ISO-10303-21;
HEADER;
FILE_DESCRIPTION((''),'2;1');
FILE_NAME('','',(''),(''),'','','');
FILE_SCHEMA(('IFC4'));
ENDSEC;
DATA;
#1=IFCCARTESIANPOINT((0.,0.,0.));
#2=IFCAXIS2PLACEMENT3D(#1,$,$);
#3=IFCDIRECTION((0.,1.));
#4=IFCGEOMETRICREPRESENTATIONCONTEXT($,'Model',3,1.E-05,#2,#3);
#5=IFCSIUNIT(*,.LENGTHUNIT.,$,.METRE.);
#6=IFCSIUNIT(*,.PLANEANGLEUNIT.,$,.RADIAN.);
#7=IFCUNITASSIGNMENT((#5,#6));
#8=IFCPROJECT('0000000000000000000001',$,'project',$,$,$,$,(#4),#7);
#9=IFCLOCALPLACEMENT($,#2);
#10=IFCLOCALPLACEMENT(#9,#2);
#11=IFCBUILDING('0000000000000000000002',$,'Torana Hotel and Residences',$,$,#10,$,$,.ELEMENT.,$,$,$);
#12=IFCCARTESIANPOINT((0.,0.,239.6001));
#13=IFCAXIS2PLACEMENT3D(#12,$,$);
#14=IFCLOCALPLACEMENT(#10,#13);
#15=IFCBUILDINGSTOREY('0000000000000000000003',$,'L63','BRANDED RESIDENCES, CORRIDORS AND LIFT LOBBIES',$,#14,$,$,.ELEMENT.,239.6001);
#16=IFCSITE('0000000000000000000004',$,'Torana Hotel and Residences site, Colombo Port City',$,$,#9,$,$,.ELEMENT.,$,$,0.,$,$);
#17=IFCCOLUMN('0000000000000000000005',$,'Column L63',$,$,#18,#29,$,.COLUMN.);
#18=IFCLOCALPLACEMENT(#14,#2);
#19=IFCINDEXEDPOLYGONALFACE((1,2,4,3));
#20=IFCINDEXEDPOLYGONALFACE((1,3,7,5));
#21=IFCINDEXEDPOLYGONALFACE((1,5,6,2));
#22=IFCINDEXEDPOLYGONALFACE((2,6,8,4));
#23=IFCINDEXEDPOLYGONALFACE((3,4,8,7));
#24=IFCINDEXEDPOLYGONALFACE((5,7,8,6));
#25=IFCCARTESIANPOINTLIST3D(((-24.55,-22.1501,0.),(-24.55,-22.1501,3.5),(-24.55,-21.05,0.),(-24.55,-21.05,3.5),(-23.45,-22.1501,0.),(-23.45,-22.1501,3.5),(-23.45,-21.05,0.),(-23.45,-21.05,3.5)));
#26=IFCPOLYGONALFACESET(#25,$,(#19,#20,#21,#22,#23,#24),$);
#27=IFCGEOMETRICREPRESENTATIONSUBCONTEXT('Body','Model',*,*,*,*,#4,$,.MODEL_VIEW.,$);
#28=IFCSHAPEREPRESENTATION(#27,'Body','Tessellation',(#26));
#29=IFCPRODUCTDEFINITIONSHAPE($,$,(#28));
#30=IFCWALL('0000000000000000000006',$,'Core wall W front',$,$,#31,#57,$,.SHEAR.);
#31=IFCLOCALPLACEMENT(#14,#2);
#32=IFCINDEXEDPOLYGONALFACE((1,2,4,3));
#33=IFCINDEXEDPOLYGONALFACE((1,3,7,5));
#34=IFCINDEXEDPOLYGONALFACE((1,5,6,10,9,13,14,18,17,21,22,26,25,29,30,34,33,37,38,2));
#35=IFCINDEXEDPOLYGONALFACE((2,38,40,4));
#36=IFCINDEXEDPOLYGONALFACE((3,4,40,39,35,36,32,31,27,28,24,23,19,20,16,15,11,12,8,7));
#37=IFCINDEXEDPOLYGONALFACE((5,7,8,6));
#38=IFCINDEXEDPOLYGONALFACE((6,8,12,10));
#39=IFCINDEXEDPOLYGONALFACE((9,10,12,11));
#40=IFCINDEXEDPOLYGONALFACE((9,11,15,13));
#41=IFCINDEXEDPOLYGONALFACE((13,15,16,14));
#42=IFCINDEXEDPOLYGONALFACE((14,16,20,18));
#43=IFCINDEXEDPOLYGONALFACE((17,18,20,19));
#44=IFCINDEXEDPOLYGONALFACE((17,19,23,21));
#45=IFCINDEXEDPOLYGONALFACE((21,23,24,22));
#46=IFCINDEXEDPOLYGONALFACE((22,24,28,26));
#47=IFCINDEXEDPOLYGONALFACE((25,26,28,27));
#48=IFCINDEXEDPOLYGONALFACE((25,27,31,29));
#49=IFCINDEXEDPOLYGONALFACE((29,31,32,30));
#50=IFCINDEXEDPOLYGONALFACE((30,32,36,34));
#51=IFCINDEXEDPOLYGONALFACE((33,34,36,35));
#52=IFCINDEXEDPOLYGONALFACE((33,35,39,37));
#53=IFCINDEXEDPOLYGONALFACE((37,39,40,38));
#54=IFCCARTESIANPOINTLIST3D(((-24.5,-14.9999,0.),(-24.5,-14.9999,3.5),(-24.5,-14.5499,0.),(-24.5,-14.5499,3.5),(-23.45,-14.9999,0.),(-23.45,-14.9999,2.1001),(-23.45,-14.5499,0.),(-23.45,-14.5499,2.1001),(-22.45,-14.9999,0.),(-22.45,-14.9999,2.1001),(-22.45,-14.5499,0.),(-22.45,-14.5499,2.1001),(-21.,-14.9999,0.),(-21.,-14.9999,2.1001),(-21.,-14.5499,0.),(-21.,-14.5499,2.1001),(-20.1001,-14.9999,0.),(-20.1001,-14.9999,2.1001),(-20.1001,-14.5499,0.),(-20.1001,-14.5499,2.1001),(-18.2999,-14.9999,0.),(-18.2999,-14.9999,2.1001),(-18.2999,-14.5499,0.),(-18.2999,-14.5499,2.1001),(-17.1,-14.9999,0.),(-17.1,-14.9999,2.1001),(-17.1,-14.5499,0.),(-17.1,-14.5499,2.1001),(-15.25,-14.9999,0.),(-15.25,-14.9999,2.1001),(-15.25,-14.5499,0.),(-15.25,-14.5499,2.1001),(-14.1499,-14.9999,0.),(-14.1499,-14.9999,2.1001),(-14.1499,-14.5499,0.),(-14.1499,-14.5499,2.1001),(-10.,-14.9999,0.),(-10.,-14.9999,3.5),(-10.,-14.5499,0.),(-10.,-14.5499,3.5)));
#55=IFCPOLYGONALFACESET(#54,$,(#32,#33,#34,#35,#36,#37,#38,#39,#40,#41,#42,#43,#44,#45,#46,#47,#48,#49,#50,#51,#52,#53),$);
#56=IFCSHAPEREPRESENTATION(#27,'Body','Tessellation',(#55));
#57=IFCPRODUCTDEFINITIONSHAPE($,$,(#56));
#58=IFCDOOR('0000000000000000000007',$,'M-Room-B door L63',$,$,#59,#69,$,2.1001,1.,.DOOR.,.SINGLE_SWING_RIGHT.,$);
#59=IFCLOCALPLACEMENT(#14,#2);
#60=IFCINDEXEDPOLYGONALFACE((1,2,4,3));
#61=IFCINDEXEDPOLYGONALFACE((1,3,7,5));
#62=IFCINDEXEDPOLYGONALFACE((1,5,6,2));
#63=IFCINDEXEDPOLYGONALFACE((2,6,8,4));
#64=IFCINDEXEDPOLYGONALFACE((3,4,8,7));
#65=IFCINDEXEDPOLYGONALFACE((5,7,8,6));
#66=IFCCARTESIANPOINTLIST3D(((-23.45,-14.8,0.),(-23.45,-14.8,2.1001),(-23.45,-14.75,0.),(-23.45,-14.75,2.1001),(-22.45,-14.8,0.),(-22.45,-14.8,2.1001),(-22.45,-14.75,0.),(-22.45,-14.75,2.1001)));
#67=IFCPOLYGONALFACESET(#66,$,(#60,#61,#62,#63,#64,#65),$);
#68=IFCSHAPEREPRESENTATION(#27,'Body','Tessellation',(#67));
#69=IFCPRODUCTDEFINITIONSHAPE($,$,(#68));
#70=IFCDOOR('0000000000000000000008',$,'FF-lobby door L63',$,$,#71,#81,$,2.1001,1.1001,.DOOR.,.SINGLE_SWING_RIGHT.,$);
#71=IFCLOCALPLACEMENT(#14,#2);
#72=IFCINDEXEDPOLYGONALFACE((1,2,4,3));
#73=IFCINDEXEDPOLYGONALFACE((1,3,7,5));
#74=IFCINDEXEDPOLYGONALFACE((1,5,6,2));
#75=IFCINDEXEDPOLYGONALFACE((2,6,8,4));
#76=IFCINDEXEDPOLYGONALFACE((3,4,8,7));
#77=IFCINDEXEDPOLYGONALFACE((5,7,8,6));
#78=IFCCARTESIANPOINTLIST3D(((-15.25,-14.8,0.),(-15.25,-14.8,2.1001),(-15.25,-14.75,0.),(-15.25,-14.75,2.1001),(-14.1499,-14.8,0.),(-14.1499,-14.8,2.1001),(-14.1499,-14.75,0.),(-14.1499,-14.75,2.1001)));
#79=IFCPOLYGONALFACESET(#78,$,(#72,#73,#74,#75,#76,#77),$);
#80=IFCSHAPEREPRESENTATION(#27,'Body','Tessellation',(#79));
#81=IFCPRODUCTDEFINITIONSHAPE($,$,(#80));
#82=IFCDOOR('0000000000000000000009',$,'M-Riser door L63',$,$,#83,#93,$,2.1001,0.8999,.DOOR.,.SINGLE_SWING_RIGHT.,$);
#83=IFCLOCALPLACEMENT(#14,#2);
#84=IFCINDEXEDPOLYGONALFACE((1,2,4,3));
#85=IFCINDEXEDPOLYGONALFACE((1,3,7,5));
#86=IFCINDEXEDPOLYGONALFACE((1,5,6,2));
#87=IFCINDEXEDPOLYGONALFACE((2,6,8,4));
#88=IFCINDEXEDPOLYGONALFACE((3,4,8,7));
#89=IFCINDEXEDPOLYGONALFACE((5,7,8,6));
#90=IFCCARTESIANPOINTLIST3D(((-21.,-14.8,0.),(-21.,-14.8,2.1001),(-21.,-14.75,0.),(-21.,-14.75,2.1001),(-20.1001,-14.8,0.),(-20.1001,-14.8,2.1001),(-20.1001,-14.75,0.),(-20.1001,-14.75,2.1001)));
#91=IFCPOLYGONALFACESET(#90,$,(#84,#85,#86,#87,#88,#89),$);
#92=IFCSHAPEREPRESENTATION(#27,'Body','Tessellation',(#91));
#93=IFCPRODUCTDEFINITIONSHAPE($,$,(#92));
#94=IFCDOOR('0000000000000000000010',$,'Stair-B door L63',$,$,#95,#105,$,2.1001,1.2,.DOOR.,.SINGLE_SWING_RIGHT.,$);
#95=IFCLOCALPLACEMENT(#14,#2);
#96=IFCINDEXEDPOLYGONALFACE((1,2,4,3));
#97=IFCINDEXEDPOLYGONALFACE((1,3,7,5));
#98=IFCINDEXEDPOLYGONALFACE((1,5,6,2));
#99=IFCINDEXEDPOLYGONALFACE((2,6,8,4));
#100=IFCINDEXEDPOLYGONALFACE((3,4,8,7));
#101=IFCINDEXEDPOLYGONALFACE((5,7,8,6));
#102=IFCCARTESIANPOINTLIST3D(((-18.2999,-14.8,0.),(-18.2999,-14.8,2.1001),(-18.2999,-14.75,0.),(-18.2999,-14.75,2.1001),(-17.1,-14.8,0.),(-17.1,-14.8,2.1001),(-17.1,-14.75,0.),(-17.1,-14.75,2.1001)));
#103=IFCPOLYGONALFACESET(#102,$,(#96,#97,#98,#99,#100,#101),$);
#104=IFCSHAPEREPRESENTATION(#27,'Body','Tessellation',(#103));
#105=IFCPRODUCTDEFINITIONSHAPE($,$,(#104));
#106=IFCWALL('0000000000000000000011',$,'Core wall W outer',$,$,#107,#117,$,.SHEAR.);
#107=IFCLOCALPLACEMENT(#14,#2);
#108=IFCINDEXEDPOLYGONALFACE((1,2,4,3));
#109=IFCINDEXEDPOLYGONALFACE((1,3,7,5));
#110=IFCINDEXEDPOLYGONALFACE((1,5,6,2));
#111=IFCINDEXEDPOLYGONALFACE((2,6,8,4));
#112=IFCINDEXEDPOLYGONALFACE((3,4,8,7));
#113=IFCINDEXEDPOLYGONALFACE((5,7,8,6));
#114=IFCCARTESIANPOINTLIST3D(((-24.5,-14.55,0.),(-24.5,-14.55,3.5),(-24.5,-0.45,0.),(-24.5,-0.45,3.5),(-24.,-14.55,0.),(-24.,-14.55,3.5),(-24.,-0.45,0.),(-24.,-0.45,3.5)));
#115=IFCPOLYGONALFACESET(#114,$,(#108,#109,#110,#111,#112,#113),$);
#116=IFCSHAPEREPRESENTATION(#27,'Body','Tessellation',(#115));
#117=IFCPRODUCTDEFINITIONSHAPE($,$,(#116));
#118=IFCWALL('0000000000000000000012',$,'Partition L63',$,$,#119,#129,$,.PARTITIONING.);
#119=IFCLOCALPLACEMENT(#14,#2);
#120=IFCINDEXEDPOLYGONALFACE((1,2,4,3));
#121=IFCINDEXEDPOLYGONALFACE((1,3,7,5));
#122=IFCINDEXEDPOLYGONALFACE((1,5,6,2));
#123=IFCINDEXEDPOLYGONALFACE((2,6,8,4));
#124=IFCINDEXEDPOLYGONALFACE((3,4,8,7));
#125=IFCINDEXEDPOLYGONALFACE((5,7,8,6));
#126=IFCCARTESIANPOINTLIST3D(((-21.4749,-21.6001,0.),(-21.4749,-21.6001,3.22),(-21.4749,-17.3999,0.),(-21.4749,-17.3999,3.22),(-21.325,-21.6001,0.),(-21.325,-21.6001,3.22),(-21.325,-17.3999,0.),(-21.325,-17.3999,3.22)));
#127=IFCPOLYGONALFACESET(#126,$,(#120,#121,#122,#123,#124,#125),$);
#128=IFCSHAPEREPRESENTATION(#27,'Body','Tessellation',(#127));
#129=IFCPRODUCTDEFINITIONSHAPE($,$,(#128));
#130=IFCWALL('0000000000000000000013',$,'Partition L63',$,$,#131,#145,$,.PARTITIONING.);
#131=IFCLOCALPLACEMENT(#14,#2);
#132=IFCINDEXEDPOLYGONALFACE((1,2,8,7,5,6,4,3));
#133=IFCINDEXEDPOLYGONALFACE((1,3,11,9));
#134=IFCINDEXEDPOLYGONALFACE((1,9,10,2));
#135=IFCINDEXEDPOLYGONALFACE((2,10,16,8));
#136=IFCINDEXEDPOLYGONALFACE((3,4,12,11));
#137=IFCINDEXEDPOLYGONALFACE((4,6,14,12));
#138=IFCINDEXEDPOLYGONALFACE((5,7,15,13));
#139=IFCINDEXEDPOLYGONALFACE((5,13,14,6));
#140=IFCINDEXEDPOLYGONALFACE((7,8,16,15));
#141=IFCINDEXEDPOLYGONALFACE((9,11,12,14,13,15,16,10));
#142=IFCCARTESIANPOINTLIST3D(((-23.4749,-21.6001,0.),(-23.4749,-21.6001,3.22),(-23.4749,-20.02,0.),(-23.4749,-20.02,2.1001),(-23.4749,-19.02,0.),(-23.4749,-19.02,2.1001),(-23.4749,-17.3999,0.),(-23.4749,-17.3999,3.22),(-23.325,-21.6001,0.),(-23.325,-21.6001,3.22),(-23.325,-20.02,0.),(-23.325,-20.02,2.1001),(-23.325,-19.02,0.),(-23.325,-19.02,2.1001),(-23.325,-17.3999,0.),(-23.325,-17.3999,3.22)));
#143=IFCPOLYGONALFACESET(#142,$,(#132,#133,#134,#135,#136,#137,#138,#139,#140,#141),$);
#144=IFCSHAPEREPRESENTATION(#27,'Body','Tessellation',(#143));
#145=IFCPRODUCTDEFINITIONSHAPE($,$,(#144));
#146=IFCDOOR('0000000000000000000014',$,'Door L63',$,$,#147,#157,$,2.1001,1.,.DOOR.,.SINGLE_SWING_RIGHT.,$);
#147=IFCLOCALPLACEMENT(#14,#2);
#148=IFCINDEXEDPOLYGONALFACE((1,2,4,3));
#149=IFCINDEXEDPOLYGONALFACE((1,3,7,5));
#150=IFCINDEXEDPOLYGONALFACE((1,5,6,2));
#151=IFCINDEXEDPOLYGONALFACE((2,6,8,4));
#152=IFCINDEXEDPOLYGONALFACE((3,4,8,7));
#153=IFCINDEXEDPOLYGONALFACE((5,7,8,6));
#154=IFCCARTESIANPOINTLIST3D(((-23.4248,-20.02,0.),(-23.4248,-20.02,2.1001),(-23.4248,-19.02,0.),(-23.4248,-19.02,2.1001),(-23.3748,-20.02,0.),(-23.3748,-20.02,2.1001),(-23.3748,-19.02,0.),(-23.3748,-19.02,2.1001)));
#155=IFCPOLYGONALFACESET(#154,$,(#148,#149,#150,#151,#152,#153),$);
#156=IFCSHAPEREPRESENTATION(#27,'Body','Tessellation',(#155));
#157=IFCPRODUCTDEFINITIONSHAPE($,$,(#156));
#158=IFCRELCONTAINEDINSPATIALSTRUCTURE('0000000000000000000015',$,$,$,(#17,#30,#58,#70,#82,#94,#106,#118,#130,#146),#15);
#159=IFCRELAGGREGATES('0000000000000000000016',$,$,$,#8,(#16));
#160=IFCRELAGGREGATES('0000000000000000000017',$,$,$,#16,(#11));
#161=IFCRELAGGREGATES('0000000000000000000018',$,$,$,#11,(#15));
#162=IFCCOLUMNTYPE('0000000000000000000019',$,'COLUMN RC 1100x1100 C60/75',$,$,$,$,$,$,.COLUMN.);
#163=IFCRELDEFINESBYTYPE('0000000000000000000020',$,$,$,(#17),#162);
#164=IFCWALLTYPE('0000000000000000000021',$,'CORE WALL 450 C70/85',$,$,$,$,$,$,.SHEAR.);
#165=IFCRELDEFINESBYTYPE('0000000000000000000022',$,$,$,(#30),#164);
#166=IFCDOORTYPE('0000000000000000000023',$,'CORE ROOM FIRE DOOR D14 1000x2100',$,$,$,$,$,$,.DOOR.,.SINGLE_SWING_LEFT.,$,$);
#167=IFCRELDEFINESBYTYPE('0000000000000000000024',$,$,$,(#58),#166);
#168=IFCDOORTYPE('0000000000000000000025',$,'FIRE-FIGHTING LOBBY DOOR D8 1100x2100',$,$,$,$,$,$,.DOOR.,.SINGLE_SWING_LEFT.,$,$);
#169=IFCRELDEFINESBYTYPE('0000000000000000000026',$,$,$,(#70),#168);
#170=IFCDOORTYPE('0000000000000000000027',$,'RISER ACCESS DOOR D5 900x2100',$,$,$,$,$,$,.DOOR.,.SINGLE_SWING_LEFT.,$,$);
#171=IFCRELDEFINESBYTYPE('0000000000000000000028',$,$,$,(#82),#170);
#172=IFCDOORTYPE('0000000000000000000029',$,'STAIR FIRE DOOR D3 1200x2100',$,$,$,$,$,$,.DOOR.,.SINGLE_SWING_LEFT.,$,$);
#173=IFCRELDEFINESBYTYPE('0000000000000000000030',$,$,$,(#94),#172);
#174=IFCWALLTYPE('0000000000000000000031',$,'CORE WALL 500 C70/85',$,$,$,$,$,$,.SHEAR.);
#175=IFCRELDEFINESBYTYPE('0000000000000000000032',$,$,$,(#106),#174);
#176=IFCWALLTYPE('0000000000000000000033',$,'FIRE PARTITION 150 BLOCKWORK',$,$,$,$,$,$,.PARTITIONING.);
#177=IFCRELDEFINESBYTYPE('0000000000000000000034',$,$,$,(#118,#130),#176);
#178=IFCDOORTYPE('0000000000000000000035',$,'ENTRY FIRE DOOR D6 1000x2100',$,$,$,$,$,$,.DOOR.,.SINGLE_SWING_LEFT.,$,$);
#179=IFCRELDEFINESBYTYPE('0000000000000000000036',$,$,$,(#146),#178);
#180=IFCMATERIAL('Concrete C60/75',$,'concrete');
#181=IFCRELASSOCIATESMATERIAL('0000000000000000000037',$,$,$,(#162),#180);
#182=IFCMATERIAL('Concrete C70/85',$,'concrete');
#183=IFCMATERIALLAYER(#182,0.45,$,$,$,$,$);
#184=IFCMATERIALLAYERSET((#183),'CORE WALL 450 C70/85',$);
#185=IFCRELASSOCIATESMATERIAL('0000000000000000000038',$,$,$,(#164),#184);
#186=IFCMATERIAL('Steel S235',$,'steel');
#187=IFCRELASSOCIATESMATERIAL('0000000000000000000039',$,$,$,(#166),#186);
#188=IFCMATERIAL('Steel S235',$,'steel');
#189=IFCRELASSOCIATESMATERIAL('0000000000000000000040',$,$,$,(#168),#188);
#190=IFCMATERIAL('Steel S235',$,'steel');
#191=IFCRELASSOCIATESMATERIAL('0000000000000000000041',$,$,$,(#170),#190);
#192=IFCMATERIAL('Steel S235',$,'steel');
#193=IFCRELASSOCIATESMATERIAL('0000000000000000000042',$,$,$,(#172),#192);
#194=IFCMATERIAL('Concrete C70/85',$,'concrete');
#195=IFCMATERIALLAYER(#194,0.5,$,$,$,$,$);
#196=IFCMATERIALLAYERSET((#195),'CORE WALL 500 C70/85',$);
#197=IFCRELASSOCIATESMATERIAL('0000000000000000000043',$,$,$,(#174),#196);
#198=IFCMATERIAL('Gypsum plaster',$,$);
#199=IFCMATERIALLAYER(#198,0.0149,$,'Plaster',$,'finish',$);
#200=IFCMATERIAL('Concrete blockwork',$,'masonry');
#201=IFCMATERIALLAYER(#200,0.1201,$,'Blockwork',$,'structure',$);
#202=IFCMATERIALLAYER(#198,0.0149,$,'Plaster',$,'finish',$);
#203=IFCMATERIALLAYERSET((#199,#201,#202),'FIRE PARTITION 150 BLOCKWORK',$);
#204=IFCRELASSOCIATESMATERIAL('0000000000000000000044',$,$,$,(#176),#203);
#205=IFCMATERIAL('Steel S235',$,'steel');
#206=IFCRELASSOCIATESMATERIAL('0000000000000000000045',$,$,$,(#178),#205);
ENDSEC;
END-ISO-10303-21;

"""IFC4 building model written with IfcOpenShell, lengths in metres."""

from ifc_helpers import new_model, si_unit, direction, frame, frame_2d, origin, origin_2d, place, context, subcontext, project, spatial, rectangle, extrude, material, layer, layer_set, material_profile, profile_set, type_object, element, fill, save


model = new_model("IFC4")

# Units and contexts
model_context = context("Model", 3, precision=1e-05, world=origin(), true_north=direction((0.0, 1.0)))
body_context = subcontext(model_context, "Body", "Model", "MODEL_VIEW")
ifc_project = project(units=[si_unit("LENGTHUNIT", "METRE"), si_unit("PLANEANGLEUNIT", "RADIAN")], contexts=[model_context])

# Site, building, storey
site_placement = place(None, origin())
site = spatial("IfcSite", under=ifc_project, at=site_placement, Name="Torana Hotel and Residences site, Colombo Port City", CompositionType="ELEMENT", RefElevation=0.0)
building_placement = place(site_placement, origin())
building = spatial("IfcBuilding", under=site, at=building_placement, Name="Torana Hotel and Residences", CompositionType="ELEMENT")
storey_placement = place(building_placement, frame((0.0, 0.0, 239.6001)))
storey = spatial("IfcBuildingStorey", under=building, at=storey_placement, Name="L63", Description="BRANDED RESIDENCES, CORRIDORS AND LIFT LOBBIES", CompositionType="ELEMENT", Elevation=239.6001)

# Column
ifc_material_1 = material(Name="Concrete C60/75", Category="concrete")
ifc_material_profile = material_profile(ifc_material_1, rectangle(XDim=1.1001, YDim=1.1001, at=origin_2d()), Name="RC 1100x1100")
ifc_profile_set = profile_set([ifc_material_profile], Name="Concrete C60/75")
column_type = type_object("IfcColumnType", Name="COLUMN RC 1100x1100 C60/75", PredefinedType="COLUMN", material=ifc_profile_set)
column_placement = place(storey_placement, frame((-24.0, -21.6001, 0.0), z_axis=(0.0, 0.0, 1.0), x_axis=(1.0, 0.0, 0.0)))
element("IfcColumn", 1, at=column_placement, inside=storey, type_object=column_type, Name="Column L63", PredefinedType="COLUMN", context=body_context, shape_type="SweptSolid", body=[
    extrude(rectangle(XDim=1.1001, YDim=1.1001, at=origin_2d()), origin(), (0.0, 0.0, 1.0), 3.5),
])

# Wall, openings, doors
ifc_material_2 = material(Name="Concrete C70/85", Category="concrete")
ifc_layer_1 = layer(ifc_material_2, 0.45)
ifc_layer_set_1 = layer_set([ifc_layer_1], Name="CORE WALL 450 C70/85")
wall_type_1 = type_object("IfcWallType", Name="CORE WALL 450 C70/85", PredefinedType="SHEAR", material=ifc_layer_set_1)
wall_1_placement = place(storey_placement, frame((-24.5, -14.7749, 0.0), z_axis=(0.0, 0.0, 1.0), x_axis=(1.0, 0.0, 0.0)))
wall_1 = element("IfcWall", 2, at=wall_1_placement, inside=storey, type_object=wall_type_1, Name="Core wall W front", PredefinedType="SHEAR", context=body_context, shape_type="SweptSolid", body=[
    extrude(rectangle(XDim=14.5, YDim=0.45, at=frame_2d((7.25, 0.0))), origin(), (0.0, 0.0, 1.0), 3.5),
])
opening_1_placement = place(wall_1_placement, frame((6.2, 0.0, 0.0)))
opening_1 = element("IfcOpeningElement", 3, at=opening_1_placement, cuts=wall_1, PredefinedType="OPENING", context=body_context, shape_type="SweptSolid", body=[
    extrude(rectangle(XDim=1.2, YDim=2.1001, at=frame_2d((0.6001, 1.05))), frame((0.0, 0.2349, 0.0), z_axis=(0.0, -1.0, 0.0), x_axis=(1.0, 0.0, 0.0)), (0.0, 0.0, 1.0), 0.47),
])
opening_2_placement = place(wall_1_placement, frame((9.25, 0.0, 0.0)))
opening_2 = element("IfcOpeningElement", 4, at=opening_2_placement, cuts=wall_1, PredefinedType="OPENING", context=body_context, shape_type="SweptSolid", body=[
    extrude(rectangle(XDim=1.1001, YDim=2.1001, at=frame_2d((0.55, 1.05))), frame((0.0, 0.2349, 0.0), z_axis=(0.0, -1.0, 0.0), x_axis=(1.0, 0.0, 0.0)), (0.0, 0.0, 1.0), 0.47),
])
opening_3_placement = place(wall_1_placement, frame((3.5, 0.0, 0.0)))
opening_3 = element("IfcOpeningElement", 5, at=opening_3_placement, cuts=wall_1, PredefinedType="OPENING", context=body_context, shape_type="SweptSolid", body=[
    extrude(rectangle(XDim=0.8999, YDim=2.1001, at=frame_2d((0.45, 1.05))), frame((0.0, 0.2349, 0.0), z_axis=(0.0, -1.0, 0.0), x_axis=(1.0, 0.0, 0.0)), (0.0, 0.0, 1.0), 0.47),
])
opening_4_placement = place(wall_1_placement, frame((1.05, 0.0, 0.0)))
opening_4 = element("IfcOpeningElement", 6, at=opening_4_placement, cuts=wall_1, PredefinedType="OPENING", context=body_context, shape_type="SweptSolid", body=[
    extrude(rectangle(XDim=1.0, YDim=2.1001, at=frame_2d((0.5, 1.05))), frame((0.0, 0.2349, 0.0), z_axis=(0.0, -1.0, 0.0), x_axis=(1.0, 0.0, 0.0)), (0.0, 0.0, 1.0), 0.47),
])
ifc_material_3 = material(Name="Steel S235", Category="steel")
door_type_1 = type_object("IfcDoorType", Name="CORE ROOM FIRE DOOR D14 1000x2100", OperationType="SINGLE_SWING_LEFT", PredefinedType="DOOR", material=ifc_material_3)
door_1_placement = place(opening_4_placement, origin())
door_1 = element("IfcDoor", 7, at=door_1_placement, inside=storey, type_object=door_type_1, Name="M-Room-B door L63", OperationType="SINGLE_SWING_RIGHT", OverallHeight=2.1001, OverallWidth=1.0, PredefinedType="DOOR", context=body_context, shape_type="SweptSolid", body=[
    extrude(rectangle(XDim=1.0, YDim=2.1001, at=frame_2d((0.5, 1.05))), frame((0.0, 0.0249, 0.0), z_axis=(0.0, -1.0, 0.0), x_axis=(1.0, 0.0, 0.0)), (0.0, 0.0, 1.0), 0.05),
])
fill(opening_4, door_1)
ifc_material_4 = material(Name="Steel S235", Category="steel")
door_type_2 = type_object("IfcDoorType", Name="FIRE-FIGHTING LOBBY DOOR D8 1100x2100", OperationType="SINGLE_SWING_LEFT", PredefinedType="DOOR", material=ifc_material_4)
door_2_placement = place(opening_2_placement, origin())
door_2 = element("IfcDoor", 8, at=door_2_placement, inside=storey, type_object=door_type_2, Name="FF-lobby door L63", OperationType="SINGLE_SWING_RIGHT", OverallHeight=2.1001, OverallWidth=1.1001, PredefinedType="DOOR", context=body_context, shape_type="SweptSolid", body=[
    extrude(rectangle(XDim=1.1001, YDim=2.1001, at=frame_2d((0.55, 1.05))), frame((0.0, 0.0249, 0.0), z_axis=(0.0, -1.0, 0.0), x_axis=(1.0, 0.0, 0.0)), (0.0, 0.0, 1.0), 0.05),
])
fill(opening_2, door_2)
ifc_material_5 = material(Name="Steel S235", Category="steel")
door_type_3 = type_object("IfcDoorType", Name="RISER ACCESS DOOR D5 900x2100", OperationType="SINGLE_SWING_LEFT", PredefinedType="DOOR", material=ifc_material_5)
door_3_placement = place(opening_3_placement, origin())
door_3 = element("IfcDoor", 9, at=door_3_placement, inside=storey, type_object=door_type_3, Name="M-Riser door L63", OperationType="SINGLE_SWING_RIGHT", OverallHeight=2.1001, OverallWidth=0.8999, PredefinedType="DOOR", context=body_context, shape_type="SweptSolid", body=[
    extrude(rectangle(XDim=0.8999, YDim=2.1001, at=frame_2d((0.45, 1.05))), frame((0.0, 0.0249, 0.0), z_axis=(0.0, -1.0, 0.0), x_axis=(1.0, 0.0, 0.0)), (0.0, 0.0, 1.0), 0.05),
])
fill(opening_3, door_3)
ifc_material_6 = material(Name="Steel S235", Category="steel")
door_type_4 = type_object("IfcDoorType", Name="STAIR FIRE DOOR D3 1200x2100", OperationType="SINGLE_SWING_LEFT", PredefinedType="DOOR", material=ifc_material_6)
door_4_placement = place(opening_1_placement, origin())
door_4 = element("IfcDoor", 10, at=door_4_placement, inside=storey, type_object=door_type_4, Name="Stair-B door L63", OperationType="SINGLE_SWING_RIGHT", OverallHeight=2.1001, OverallWidth=1.2, PredefinedType="DOOR", context=body_context, shape_type="SweptSolid", body=[
    extrude(rectangle(XDim=1.2, YDim=2.1001, at=frame_2d((0.6001, 1.05))), frame((0.0, 0.0249, 0.0), z_axis=(0.0, -1.0, 0.0), x_axis=(1.0, 0.0, 0.0)), (0.0, 0.0, 1.0), 0.05),
])
fill(opening_1, door_4)

# Walls
ifc_material_7 = material(Name="Concrete C70/85", Category="concrete")
ifc_layer_2 = layer(ifc_material_7, 0.5)
ifc_layer_set_2 = layer_set([ifc_layer_2], Name="CORE WALL 500 C70/85")
wall_type_2 = type_object("IfcWallType", Name="CORE WALL 500 C70/85", PredefinedType="SHEAR", material=ifc_layer_set_2)
wall_2_placement = place(storey_placement, frame((-24.25, -14.55, 0.0), z_axis=(0.0, 0.0, 1.0), x_axis=(0.0, 1.0, 0.0)))
element("IfcWall", 11, at=wall_2_placement, inside=storey, type_object=wall_type_2, Name="Core wall W outer", PredefinedType="SHEAR", context=body_context, shape_type="SweptSolid", body=[
    extrude(rectangle(XDim=14.1001, YDim=0.5, at=frame_2d((7.05, 0.0))), origin(), (0.0, 0.0, 1.0), 3.5),
])
ifc_material_8 = material(Name="Gypsum plaster")
ifc_layer_3 = layer(ifc_material_8, 0.0149, Name="Plaster", Category="finish")
ifc_material_9 = material(Name="Concrete blockwork", Category="masonry")
ifc_layer_4 = layer(ifc_material_9, 0.1201, Name="Blockwork", Category="structure")
ifc_layer_5 = layer(ifc_material_8, 0.0149, Name="Plaster", Category="finish")
ifc_layer_set_3 = layer_set([ifc_layer_3, ifc_layer_4, ifc_layer_5], Name="FIRE PARTITION 150 BLOCKWORK")
wall_type_3 = type_object("IfcWallType", Name="FIRE PARTITION 150 BLOCKWORK", PredefinedType="PARTITIONING", material=ifc_layer_set_3)
wall_3_placement = place(storey_placement, frame((-21.3999, -21.6001, 0.0), z_axis=(0.0, 0.0, 1.0), x_axis=(0.0, 1.0, 0.0)))
element("IfcWall", 12, at=wall_3_placement, inside=storey, type_object=wall_type_3, Name="Partition L63", PredefinedType="PARTITIONING", context=body_context, shape_type="SweptSolid", body=[
    extrude(rectangle(XDim=4.2002, YDim=0.1499, at=frame_2d((2.1001, 0.0))), origin(), (0.0, 0.0, 1.0), 3.22),
])

# Wall, opening, door
wall_4_placement = place(storey_placement, frame((-23.3999, -21.6001, 0.0), z_axis=(0.0, 0.0, 1.0), x_axis=(0.0, 1.0, 0.0)))
wall_4 = element("IfcWall", 13, at=wall_4_placement, inside=storey, type_object=wall_type_3, Name="Partition L63", PredefinedType="PARTITIONING", context=body_context, shape_type="SweptSolid", body=[
    extrude(rectangle(XDim=4.2002, YDim=0.1499, at=frame_2d((2.1001, 0.0))), origin(), (0.0, 0.0, 1.0), 3.22),
])
opening_5_placement = place(wall_4_placement, frame((1.5801, 0.0, 0.0)))
opening_5 = element("IfcOpeningElement", 14, at=opening_5_placement, cuts=wall_4, PredefinedType="OPENING", context=body_context, shape_type="SweptSolid", body=[
    extrude(rectangle(XDim=1.0, YDim=2.1001, at=frame_2d((0.5, 1.05))), frame((0.0, 0.085, 0.0), z_axis=(0.0, -1.0, 0.0), x_axis=(1.0, 0.0, 0.0)), (0.0, 0.0, 1.0), 0.1699),
])
ifc_material_10 = material(Name="Steel S235", Category="steel")
door_type_5 = type_object("IfcDoorType", Name="ENTRY FIRE DOOR D6 1000x2100", OperationType="SINGLE_SWING_LEFT", PredefinedType="DOOR", material=ifc_material_10)
door_5_placement = place(opening_5_placement, origin())
door_5 = element("IfcDoor", 15, at=door_5_placement, inside=storey, type_object=door_type_5, Name="Door L63", OperationType="SINGLE_SWING_RIGHT", OverallHeight=2.1001, OverallWidth=1.0, PredefinedType="DOOR", context=body_context, shape_type="SweptSolid", body=[
    extrude(rectangle(XDim=1.0, YDim=2.1001, at=frame_2d((0.5, 1.05))), frame((0.0, 0.0249, 0.0), z_axis=(0.0, -1.0, 0.0), x_axis=(1.0, 0.0, 0.0)), (0.0, 0.0, 1.0), 0.05),
])
fill(opening_5, door_5)

save(model, "model.ifc")
